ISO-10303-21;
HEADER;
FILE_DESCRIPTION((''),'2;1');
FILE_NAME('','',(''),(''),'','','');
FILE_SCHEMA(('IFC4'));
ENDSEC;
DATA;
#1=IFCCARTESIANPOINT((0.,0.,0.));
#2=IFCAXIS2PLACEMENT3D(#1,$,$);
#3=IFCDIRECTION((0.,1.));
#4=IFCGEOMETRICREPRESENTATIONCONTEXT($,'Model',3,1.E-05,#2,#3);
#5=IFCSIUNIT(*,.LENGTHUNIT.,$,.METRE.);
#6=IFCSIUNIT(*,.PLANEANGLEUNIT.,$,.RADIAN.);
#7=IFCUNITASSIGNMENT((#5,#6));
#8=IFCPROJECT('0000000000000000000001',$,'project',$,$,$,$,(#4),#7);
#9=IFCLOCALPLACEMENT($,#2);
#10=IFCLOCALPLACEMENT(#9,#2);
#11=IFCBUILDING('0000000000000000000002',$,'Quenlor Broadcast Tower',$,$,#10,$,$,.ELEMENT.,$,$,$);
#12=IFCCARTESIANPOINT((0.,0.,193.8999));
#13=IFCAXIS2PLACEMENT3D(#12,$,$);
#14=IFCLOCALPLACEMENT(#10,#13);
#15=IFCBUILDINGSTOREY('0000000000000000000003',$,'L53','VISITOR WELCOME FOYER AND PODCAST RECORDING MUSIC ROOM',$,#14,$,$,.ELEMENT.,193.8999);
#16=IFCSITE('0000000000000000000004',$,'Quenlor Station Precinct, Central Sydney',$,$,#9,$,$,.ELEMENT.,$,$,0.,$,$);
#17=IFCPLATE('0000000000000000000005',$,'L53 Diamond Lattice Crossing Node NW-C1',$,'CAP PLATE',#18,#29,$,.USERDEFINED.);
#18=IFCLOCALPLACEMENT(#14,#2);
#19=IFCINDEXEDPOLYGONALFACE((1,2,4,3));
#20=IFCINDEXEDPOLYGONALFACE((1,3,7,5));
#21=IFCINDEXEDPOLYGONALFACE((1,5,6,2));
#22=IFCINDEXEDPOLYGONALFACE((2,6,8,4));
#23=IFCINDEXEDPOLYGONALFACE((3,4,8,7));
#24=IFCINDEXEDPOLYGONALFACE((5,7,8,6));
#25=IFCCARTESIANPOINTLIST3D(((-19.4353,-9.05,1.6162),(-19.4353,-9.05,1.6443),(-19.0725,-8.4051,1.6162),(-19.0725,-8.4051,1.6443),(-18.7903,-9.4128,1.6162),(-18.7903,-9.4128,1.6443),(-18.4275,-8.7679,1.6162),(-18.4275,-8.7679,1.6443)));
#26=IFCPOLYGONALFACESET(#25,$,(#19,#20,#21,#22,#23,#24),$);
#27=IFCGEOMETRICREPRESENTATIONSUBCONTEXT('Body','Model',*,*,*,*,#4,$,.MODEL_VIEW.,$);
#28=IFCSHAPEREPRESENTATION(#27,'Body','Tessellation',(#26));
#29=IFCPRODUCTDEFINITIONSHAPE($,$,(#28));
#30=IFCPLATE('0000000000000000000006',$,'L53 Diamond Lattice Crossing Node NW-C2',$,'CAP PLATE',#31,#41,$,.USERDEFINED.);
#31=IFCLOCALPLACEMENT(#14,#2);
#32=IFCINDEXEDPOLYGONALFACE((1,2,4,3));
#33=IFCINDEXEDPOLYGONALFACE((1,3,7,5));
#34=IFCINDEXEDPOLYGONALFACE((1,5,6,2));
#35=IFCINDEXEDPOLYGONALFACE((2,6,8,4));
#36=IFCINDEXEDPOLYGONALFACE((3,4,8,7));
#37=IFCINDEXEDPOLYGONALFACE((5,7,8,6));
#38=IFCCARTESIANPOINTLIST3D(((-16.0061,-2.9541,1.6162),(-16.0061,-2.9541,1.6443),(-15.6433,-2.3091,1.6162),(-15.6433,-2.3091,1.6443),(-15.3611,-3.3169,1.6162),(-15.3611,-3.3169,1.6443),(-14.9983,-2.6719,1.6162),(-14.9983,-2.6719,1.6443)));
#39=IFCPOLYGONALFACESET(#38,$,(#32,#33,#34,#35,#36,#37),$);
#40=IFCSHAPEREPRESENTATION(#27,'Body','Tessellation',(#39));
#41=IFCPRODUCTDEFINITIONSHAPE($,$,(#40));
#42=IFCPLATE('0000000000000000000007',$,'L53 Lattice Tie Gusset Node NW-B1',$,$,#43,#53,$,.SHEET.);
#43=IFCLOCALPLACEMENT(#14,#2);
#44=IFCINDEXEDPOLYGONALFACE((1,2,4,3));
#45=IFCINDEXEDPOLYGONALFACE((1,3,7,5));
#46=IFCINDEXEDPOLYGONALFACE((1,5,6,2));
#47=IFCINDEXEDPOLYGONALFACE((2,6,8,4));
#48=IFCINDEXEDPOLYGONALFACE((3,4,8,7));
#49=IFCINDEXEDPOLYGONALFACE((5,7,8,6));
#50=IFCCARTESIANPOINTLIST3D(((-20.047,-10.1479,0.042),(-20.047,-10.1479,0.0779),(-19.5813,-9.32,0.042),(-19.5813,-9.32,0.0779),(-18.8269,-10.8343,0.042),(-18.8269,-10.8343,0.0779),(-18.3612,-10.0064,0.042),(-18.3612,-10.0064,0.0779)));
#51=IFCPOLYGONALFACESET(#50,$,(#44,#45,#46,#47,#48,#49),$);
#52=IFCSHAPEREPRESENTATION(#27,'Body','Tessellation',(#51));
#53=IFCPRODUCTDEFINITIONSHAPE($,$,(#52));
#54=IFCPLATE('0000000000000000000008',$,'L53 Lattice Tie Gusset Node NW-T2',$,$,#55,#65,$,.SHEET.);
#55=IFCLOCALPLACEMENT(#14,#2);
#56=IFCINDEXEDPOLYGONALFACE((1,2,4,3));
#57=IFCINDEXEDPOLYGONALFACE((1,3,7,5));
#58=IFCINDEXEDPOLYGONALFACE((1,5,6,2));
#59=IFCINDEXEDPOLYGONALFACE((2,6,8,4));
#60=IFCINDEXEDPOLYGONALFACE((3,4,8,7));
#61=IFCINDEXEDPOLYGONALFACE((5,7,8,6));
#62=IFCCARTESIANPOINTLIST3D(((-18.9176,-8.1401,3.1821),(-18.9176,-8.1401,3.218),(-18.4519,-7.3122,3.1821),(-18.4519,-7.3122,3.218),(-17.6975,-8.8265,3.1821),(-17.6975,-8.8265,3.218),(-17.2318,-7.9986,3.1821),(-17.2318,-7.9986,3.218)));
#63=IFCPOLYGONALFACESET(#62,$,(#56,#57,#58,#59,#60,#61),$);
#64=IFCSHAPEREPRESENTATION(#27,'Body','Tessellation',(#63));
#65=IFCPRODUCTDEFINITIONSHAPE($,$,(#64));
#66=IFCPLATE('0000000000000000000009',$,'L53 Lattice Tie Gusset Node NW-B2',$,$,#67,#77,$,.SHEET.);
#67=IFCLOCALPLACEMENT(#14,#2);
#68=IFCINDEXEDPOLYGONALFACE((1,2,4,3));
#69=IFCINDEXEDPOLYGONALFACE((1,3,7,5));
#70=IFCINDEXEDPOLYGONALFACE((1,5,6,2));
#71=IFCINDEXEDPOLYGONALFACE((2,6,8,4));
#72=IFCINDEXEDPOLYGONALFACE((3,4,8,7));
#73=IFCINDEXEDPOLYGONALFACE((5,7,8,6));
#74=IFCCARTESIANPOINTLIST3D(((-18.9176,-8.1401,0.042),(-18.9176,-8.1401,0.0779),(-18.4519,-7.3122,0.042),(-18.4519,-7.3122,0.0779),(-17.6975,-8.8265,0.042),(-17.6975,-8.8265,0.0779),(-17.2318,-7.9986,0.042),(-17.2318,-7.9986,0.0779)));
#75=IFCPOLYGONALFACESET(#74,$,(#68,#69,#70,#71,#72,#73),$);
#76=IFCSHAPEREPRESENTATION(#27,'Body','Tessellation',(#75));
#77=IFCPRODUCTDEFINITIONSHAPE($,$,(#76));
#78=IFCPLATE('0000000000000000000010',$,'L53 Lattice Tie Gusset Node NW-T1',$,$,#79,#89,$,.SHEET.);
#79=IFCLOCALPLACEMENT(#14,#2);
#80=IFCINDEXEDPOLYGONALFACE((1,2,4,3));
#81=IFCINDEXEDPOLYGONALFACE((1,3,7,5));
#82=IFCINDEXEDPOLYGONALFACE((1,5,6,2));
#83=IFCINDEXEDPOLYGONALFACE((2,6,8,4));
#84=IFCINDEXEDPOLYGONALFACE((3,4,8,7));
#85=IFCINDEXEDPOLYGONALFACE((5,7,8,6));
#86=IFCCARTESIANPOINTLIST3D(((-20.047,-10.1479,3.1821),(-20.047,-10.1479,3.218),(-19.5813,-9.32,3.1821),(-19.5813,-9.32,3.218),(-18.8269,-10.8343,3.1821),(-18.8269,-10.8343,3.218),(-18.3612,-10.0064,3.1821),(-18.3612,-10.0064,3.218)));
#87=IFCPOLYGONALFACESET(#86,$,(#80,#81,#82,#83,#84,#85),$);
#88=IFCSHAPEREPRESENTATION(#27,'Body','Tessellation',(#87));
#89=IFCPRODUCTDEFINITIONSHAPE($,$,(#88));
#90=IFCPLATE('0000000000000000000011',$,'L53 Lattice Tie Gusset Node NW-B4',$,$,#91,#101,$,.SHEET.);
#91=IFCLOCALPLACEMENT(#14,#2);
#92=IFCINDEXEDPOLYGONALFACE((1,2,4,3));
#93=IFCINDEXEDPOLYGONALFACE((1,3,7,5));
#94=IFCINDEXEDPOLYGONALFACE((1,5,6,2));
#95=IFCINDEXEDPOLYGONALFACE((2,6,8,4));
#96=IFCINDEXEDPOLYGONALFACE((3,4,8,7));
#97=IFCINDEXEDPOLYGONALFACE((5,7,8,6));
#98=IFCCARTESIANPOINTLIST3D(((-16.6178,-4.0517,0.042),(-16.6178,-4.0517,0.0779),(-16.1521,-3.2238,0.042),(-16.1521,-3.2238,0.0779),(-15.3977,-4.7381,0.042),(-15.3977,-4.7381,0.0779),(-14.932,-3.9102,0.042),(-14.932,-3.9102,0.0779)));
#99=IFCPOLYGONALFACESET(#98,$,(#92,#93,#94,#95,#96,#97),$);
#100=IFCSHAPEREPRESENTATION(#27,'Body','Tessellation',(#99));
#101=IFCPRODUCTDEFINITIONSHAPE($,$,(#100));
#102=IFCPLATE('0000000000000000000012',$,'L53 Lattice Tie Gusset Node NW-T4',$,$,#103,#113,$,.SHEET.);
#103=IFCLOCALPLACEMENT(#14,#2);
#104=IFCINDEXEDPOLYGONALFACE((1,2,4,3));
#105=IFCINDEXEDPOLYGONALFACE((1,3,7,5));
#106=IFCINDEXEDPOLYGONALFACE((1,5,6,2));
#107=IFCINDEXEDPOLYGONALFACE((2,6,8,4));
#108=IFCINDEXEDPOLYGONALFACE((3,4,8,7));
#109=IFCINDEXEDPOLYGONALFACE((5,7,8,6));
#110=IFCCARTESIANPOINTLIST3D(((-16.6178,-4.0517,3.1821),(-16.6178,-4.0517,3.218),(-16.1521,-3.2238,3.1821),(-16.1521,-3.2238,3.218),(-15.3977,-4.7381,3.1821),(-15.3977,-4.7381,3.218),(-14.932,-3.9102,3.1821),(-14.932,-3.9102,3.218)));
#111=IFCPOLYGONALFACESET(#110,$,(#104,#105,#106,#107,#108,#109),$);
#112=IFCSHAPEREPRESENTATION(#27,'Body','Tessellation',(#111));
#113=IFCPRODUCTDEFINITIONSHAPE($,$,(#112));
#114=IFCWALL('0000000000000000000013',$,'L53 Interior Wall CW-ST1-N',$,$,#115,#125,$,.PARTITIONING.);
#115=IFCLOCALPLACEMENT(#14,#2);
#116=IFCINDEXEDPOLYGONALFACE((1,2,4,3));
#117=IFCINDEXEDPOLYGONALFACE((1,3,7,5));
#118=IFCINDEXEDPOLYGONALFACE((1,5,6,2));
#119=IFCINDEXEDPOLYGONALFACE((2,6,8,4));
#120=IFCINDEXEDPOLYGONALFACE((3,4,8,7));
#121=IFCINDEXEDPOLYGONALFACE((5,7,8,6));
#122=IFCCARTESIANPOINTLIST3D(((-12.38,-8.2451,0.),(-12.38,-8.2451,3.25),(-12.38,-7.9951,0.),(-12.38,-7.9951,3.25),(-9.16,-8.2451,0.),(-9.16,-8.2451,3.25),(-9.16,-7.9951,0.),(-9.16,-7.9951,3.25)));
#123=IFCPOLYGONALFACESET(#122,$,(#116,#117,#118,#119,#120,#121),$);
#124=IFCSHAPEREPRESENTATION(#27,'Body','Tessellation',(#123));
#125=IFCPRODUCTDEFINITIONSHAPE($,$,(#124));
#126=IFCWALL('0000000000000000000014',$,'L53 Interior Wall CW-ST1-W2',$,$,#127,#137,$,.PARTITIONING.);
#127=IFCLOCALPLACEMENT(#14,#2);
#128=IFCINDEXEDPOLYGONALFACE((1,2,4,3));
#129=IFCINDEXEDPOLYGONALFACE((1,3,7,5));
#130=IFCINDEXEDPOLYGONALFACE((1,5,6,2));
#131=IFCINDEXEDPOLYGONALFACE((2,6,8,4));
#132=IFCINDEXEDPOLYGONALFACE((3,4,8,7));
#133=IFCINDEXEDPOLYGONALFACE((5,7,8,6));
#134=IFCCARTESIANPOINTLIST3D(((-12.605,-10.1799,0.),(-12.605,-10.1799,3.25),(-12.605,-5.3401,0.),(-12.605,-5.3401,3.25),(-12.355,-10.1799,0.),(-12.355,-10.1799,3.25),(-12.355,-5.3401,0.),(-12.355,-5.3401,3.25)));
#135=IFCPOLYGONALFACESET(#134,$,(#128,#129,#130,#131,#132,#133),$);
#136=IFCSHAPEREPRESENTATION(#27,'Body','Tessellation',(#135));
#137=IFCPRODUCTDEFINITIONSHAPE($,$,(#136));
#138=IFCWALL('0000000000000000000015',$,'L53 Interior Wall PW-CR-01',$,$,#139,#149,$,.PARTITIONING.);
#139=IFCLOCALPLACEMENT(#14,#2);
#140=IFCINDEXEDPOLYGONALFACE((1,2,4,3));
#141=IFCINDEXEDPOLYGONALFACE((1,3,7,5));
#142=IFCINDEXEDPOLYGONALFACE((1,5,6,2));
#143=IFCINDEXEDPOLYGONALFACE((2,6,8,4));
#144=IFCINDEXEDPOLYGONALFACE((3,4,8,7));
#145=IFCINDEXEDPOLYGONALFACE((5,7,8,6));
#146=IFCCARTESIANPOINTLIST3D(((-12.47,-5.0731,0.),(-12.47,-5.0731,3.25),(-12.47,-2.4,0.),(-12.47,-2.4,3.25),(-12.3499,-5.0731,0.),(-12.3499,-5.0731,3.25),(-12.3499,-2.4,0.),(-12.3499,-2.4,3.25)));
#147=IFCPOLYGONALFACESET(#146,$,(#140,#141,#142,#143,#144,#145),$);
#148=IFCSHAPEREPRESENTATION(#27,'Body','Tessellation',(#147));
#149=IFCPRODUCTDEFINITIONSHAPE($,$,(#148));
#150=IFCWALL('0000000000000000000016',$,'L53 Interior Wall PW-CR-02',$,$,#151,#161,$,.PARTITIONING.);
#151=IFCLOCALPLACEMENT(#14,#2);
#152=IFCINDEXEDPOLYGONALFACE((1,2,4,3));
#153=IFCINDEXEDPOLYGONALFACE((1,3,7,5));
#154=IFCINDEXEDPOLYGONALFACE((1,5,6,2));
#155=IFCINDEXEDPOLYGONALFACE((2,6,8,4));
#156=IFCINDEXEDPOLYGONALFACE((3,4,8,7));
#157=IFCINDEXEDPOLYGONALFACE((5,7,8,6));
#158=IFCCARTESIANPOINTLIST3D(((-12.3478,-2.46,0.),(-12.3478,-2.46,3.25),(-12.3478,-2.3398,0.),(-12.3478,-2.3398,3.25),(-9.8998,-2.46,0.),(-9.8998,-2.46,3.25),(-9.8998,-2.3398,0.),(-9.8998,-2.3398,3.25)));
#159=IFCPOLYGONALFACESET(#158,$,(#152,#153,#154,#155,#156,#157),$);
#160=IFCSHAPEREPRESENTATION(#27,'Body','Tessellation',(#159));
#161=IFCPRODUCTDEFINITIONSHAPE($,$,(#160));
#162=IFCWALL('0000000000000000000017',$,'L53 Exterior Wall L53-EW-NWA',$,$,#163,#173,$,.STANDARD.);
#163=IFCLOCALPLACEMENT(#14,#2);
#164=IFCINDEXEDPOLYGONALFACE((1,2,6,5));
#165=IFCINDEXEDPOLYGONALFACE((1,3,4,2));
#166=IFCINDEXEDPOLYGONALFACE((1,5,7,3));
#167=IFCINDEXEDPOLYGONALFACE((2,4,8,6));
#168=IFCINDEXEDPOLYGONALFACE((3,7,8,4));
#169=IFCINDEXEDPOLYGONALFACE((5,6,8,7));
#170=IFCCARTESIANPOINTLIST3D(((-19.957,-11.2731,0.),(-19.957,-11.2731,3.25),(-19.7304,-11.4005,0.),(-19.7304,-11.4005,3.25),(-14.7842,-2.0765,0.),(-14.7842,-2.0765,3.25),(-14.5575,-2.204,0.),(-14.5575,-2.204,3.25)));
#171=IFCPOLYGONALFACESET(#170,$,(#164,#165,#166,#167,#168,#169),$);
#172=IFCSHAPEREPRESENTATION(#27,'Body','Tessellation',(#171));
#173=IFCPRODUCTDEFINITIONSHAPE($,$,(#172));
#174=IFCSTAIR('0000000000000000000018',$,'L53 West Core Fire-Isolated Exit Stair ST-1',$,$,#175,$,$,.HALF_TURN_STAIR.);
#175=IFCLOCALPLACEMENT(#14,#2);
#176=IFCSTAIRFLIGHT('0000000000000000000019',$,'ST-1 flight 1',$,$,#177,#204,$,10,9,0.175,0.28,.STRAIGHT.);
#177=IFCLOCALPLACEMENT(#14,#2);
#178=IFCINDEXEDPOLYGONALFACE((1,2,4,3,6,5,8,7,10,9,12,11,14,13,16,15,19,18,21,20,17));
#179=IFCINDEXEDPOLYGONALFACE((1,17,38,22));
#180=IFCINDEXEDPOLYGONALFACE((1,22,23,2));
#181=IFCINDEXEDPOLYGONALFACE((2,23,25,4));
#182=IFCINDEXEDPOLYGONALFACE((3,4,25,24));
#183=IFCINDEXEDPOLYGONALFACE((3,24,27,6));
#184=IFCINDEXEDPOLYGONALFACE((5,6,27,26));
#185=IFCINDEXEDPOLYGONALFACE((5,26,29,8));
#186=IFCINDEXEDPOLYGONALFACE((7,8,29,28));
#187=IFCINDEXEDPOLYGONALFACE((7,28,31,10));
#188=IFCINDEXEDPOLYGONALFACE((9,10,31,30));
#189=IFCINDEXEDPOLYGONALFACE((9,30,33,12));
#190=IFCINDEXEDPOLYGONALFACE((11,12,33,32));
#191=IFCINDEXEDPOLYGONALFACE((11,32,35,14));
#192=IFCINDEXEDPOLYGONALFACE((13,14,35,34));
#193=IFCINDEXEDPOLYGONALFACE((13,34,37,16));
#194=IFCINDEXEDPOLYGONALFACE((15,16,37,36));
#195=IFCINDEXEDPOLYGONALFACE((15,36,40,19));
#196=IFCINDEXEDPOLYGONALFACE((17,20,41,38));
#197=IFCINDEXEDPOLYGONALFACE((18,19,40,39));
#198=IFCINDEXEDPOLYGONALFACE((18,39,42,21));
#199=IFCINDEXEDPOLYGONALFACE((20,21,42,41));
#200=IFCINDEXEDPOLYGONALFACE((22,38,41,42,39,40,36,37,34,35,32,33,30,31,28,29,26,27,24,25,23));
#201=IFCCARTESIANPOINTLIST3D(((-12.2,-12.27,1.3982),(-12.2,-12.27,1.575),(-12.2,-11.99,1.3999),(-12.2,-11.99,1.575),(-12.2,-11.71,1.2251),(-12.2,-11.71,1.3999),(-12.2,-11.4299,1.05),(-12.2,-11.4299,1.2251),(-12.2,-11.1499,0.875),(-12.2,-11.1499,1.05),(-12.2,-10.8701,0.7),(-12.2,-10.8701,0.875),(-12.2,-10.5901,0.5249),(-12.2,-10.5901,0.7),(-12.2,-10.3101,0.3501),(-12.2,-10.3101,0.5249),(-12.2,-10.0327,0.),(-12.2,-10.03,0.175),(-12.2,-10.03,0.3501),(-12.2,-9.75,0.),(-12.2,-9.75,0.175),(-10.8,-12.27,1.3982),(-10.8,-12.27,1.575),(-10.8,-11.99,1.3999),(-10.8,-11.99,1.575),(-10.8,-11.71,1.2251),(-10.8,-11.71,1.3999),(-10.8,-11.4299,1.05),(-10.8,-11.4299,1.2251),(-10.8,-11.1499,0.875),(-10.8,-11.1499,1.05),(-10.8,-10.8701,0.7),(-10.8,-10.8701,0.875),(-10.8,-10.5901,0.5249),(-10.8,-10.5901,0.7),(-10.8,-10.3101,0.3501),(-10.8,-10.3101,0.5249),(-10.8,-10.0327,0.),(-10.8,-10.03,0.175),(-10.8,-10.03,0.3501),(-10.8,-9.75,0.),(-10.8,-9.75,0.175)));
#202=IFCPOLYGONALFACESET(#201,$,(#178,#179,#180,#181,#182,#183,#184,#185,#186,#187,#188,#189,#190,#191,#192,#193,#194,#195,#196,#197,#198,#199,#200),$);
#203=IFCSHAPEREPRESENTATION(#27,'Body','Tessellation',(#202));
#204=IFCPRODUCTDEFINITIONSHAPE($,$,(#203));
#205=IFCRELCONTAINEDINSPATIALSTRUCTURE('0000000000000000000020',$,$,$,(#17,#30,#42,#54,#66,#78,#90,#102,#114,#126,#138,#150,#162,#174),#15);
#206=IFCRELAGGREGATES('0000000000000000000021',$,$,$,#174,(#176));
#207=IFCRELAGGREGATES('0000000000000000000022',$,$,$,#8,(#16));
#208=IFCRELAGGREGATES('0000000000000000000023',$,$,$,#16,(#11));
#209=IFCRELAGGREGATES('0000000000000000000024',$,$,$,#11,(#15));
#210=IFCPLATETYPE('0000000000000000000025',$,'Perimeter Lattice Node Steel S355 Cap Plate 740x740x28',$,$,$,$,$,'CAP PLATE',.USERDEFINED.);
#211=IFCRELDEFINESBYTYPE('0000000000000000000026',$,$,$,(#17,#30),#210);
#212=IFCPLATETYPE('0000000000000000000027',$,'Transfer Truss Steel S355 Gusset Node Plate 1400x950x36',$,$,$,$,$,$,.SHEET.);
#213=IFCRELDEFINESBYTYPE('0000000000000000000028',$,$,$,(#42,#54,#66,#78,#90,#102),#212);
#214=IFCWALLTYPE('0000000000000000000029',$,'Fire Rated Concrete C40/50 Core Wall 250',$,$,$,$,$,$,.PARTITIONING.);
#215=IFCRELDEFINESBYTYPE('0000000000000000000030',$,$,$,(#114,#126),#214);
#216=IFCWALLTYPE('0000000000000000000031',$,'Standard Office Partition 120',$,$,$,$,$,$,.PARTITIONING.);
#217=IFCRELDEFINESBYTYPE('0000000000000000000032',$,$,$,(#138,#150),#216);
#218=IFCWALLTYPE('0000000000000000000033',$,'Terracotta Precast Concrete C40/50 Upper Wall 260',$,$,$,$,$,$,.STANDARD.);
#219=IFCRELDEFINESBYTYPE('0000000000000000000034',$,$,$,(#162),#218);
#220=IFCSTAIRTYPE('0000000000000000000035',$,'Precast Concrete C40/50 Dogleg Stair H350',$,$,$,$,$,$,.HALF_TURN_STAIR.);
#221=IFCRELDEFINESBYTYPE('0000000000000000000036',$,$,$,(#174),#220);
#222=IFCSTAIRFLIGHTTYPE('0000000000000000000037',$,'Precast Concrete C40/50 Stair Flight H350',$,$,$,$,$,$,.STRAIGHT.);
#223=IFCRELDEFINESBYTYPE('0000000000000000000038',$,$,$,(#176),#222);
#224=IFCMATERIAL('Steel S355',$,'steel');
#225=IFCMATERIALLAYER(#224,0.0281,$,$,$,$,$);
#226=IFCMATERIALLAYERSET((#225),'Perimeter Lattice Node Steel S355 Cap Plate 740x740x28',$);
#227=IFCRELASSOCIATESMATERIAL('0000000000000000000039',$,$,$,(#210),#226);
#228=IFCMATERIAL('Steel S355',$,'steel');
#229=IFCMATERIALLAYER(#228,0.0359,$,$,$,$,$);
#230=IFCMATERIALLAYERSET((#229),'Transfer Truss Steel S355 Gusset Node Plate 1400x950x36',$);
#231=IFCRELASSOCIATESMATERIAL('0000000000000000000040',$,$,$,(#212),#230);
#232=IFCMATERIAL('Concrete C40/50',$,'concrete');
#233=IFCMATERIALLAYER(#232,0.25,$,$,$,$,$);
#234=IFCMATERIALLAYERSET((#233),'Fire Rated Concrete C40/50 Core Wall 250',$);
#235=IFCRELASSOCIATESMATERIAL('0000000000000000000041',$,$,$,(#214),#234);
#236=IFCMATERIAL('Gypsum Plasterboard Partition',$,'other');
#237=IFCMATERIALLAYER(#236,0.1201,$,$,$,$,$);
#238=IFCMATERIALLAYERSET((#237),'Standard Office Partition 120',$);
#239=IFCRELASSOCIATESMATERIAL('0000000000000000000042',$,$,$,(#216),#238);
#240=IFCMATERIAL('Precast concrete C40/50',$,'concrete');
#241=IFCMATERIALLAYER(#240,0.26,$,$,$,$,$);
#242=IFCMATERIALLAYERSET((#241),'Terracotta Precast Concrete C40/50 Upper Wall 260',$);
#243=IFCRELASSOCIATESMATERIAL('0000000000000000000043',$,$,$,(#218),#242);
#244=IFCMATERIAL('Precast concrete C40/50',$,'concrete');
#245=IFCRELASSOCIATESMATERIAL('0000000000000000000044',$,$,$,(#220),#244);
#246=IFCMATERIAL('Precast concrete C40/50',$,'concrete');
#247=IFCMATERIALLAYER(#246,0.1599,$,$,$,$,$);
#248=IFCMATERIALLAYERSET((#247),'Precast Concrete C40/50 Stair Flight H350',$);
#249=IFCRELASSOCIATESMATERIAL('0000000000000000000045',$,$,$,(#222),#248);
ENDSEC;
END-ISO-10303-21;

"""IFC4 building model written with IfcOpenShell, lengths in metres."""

from ifc_helpers import new_model, si_unit, direction, frame, frame_2d, origin, origin_2d, place, context, subcontext, project, spatial, polyline, rectangle, outline, extrude, material, layer, layer_set, type_object, element, aggregate, save


model = new_model("IFC4")

# Units and contexts
model_context = context("Model", 3, precision=1e-05, world=origin(), true_north=direction((0.0, 1.0)))
body_context = subcontext(model_context, "Body", "Model", "MODEL_VIEW")
ifc_project = project(units=[si_unit("LENGTHUNIT", "METRE"), si_unit("PLANEANGLEUNIT", "RADIAN")], contexts=[model_context])

# Site, building, storey
site_placement = place(None, origin())
site = spatial("IfcSite", under=ifc_project, at=site_placement, Name="Quenlor Station Precinct, Central Sydney", CompositionType="ELEMENT", RefElevation=0.0)
building_placement = place(site_placement, origin())
building = spatial("IfcBuilding", under=site, at=building_placement, Name="Quenlor Broadcast Tower", CompositionType="ELEMENT")
storey_placement = place(building_placement, frame((0.0, 0.0, 193.8999)))
storey = spatial("IfcBuildingStorey", under=building, at=storey_placement, Name="L53", Description="VISITOR WELCOME FOYER AND PODCAST RECORDING MUSIC ROOM", CompositionType="ELEMENT", Elevation=193.8999)

# Plates
ifc_material_1 = material(Name="Steel S355", Category="steel")
ifc_layer_1 = layer(ifc_material_1, 0.0281)
ifc_layer_set_1 = layer_set([ifc_layer_1], Name="Perimeter Lattice Node Steel S355 Cap Plate 740x740x28")
plate_type_1 = type_object("IfcPlateType", Name="Perimeter Lattice Node Steel S355 Cap Plate 740x740x28", ElementType="CAP PLATE", PredefinedType="USERDEFINED", material=ifc_layer_set_1)
for number, where, z_axis, x_axis, name in (
    (1, (-18.9314, -8.9089, 1.6162), (0.0, 0.0, 1.0), (0.490295, 0.871556, 0.0), "L53 Diamond Lattice Crossing Node NW-C1"),
    (2, (-15.5022, -2.813, 1.6162), (0.0, 0.0, 1.0), (0.490295, 0.871556, 0.0), "L53 Diamond Lattice Crossing Node NW-C2"),
):
    element("IfcPlate", number, at=place(storey_placement, frame(where, z_axis=z_axis, x_axis=x_axis)), inside=storey, type_object=plate_type_1, Name=name, ObjectType="CAP PLATE", PredefinedType="USERDEFINED", context=body_context, shape_type="SweptSolid", body=[
        extrude(rectangle(XDim=0.74, YDim=0.74, at=origin_2d()), origin(), (0.0, 0.0, 1.0), 0.0281),
    ])
ifc_material_2 = material(Name="Steel S355", Category="steel")
ifc_layer_2 = layer(ifc_material_2, 0.0359)
ifc_layer_set_2 = layer_set([ifc_layer_2], Name="Transfer Truss Steel S355 Gusset Node Plate 1400x950x36")
plate_type_2 = type_object("IfcPlateType", Name="Transfer Truss Steel S355 Gusset Node Plate 1400x950x36", PredefinedType="SHEET", material=ifc_layer_set_2)
for number, where, z_axis, x_axis, name in (
    (3, (-19.2041, -10.0771, 0.042), (0.0, 0.0, 1.0), (-0.871556, 0.490295, 0.0), "L53 Lattice Tie Gusset Node NW-B1"),
    (4, (-18.0747, -8.0693, 3.1821), (0.0, 0.0, 1.0), (-0.871556, 0.490295, 0.0), "L53 Lattice Tie Gusset Node NW-T2"),
    (5, (-18.0747, -8.0693, 0.042), (0.0, 0.0, 1.0), (-0.871556, 0.490295, 0.0), "L53 Lattice Tie Gusset Node NW-B2"),
    (6, (-19.2041, -10.0771, 3.1821), (0.0, 0.0, 1.0), (-0.871556, 0.490295, 0.0), "L53 Lattice Tie Gusset Node NW-T1"),
    (7, (-15.7749, -3.981, 0.042), (0.0, 0.0, 1.0), (-0.871556, 0.490295, 0.0), "L53 Lattice Tie Gusset Node NW-B4"),
    (8, (-15.7749, -3.981, 3.1821), (0.0, 0.0, 1.0), (-0.871556, 0.490295, 0.0), "L53 Lattice Tie Gusset Node NW-T4"),
):
    element("IfcPlate", number, at=place(storey_placement, frame(where, z_axis=z_axis, x_axis=x_axis)), inside=storey, type_object=plate_type_2, Name=name, PredefinedType="SHEET", context=body_context, shape_type="SweptSolid", body=[
        extrude(rectangle(XDim=1.3999, YDim=0.95, at=origin_2d()), origin(), (0.0, 0.0, 1.0), 0.0359),
    ])

# Walls
ifc_material_3 = material(Name="Concrete C40/50", Category="concrete")
ifc_layer_3 = layer(ifc_material_3, 0.25)
ifc_layer_set_3 = layer_set([ifc_layer_3], Name="Fire Rated Concrete C40/50 Core Wall 250")
wall_type_1 = type_object("IfcWallType", Name="Fire Rated Concrete C40/50 Core Wall 250", PredefinedType="PARTITIONING", material=ifc_layer_set_3)
wall_1_placement = place(storey_placement, frame((-12.3799, -8.1201, 0.0), z_axis=(0.0, 0.0, 1.0), x_axis=(1.0, 0.0, 0.0)))
element("IfcWall", 9, at=wall_1_placement, inside=storey, type_object=wall_type_1, Name="L53 Interior Wall CW-ST1-N", PredefinedType="PARTITIONING", context=body_context, shape_type="SweptSolid", body=[
    extrude(rectangle(XDim=3.22, YDim=0.25, at=frame_2d((1.6099, 0.0))), origin(), (0.0, 0.0, 1.0), 3.25),
])
wall_2_placement = place(storey_placement, frame((-12.48, -10.1799, 0.0), z_axis=(0.0, 0.0, 1.0), x_axis=(0.0, 1.0, 0.0)))
element("IfcWall", 10, at=wall_2_placement, inside=storey, type_object=wall_type_1, Name="L53 Interior Wall CW-ST1-W2", PredefinedType="PARTITIONING", context=body_context, shape_type="SweptSolid", body=[
    extrude(rectangle(XDim=4.8398, YDim=0.25, at=frame_2d((2.4199, 0.0))), origin(), (0.0, 0.0, 1.0), 3.25),
])

# Walls
ifc_material_4 = material(Name="Gypsum Plasterboard Partition", Category="other")
ifc_layer_4 = layer(ifc_material_4, 0.1201)
ifc_layer_set_4 = layer_set([ifc_layer_4], Name="Standard Office Partition 120")
wall_type_2 = type_object("IfcWallType", Name="Standard Office Partition 120", PredefinedType="PARTITIONING", material=ifc_layer_set_4)
wall_3_placement = place(storey_placement, frame((-12.4099, -5.073, 0.0), z_axis=(0.0, 0.0, 1.0), x_axis=(0.0, 1.0, 0.0)))
element("IfcWall", 11, at=wall_3_placement, inside=storey, type_object=wall_type_2, Name="L53 Interior Wall PW-CR-01", PredefinedType="PARTITIONING", context=body_context, shape_type="SweptSolid", body=[
    extrude(rectangle(XDim=2.6731, YDim=0.1201, at=frame_2d((1.3364, 0.0))), origin(), (0.0, 0.0, 1.0), 3.25),
])
wall_4_placement = place(storey_placement, frame((-12.3479, -2.3999, 0.0), z_axis=(0.0, 0.0, 1.0), x_axis=(1.0, 0.0, 0.0)))
element("IfcWall", 12, at=wall_4_placement, inside=storey, type_object=wall_type_2, Name="L53 Interior Wall PW-CR-02", PredefinedType="PARTITIONING", context=body_context, shape_type="SweptSolid", body=[
    extrude(rectangle(XDim=2.448, YDim=0.1201, at=frame_2d((1.2241, 0.0))), origin(), (0.0, 0.0, 1.0), 3.25),
])
ifc_material_5 = material(Name="Precast concrete C40/50", Category="concrete")
ifc_layer_5 = layer(ifc_material_5, 0.26)
ifc_layer_set_5 = layer_set([ifc_layer_5], Name="Terracotta Precast Concrete C40/50 Upper Wall 260")
wall_type_3 = type_object("IfcWallType", Name="Terracotta Precast Concrete C40/50 Upper Wall 260", PredefinedType="STANDARD", material=ifc_layer_set_5)
wall_5_placement = place(storey_placement, frame((-19.8438, -11.3369, 0.0), z_axis=(0.0, 0.0, 1.0), x_axis=(0.490247, 0.871584, 0.0)))
element("IfcWall", 13, at=wall_5_placement, inside=storey, type_object=wall_type_3, Name="L53 Exterior Wall L53-EW-NWA", PredefinedType="STANDARD", context=body_context, shape_type="SweptSolid", body=[
    extrude(rectangle(XDim=10.5515, YDim=0.26, at=frame_2d((5.2759, 0.0))), origin(), (0.0, 0.0, 1.0), 3.25),
])

# Stair, stair flight
ifc_material_6 = material(Name="Precast concrete C40/50", Category="concrete")
stair_type = type_object("IfcStairType", Name="Precast Concrete C40/50 Dogleg Stair H350", PredefinedType="HALF_TURN_STAIR", material=ifc_material_6)
stair_placement = place(storey_placement, origin())
stair = element("IfcStair", 14, at=stair_placement, inside=storey, type_object=stair_type, Name="L53 West Core Fire-Isolated Exit Stair ST-1", PredefinedType="HALF_TURN_STAIR")
ifc_material_7 = material(Name="Precast concrete C40/50", Category="concrete")
ifc_layer_6 = layer(ifc_material_7, 0.1599)
ifc_layer_set_6 = layer_set([ifc_layer_6], Name="Precast Concrete C40/50 Stair Flight H350")
stair_flight_type = type_object("IfcStairFlightType", Name="Precast Concrete C40/50 Stair Flight H350", PredefinedType="STRAIGHT", material=ifc_layer_set_6)
stair_flight_placement = place(storey_placement, frame((-11.5, -9.75, 0.0), z_axis=(0.0, 0.0, 1.0), x_axis=(0.0, -1.0, 0.0)))
stair_flight = element("IfcStairFlight", 15, at=stair_flight_placement, type_object=stair_flight_type, Name="ST-1 flight 1", NumberOfRisers=10, NumberOfTreads=9, PredefinedType="STRAIGHT", RiserHeight=0.175, TreadLength=0.28, context=body_context, shape_type="SweptSolid", body=[
    extrude(outline(polyline([(0.0, 0.0), (0.0, 0.175), (0.28, 0.175), (0.28, 0.3501), (0.5601, 0.3501), (0.5601, 0.5249), (0.8401, 0.5249), (0.8401, 0.7), (1.1201, 0.7), (1.1201, 0.875), (1.3999, 0.875), (1.3999, 1.05), (1.6799, 1.05), (1.6799, 1.2251), (1.96, 1.2251), (1.96, 1.3999), (2.24, 1.3999), (2.24, 1.575), (2.52, 1.575), (2.52, 1.75), (2.52, 1.3982), (0.2827, 0.0), (0.0, 0.0)])), frame((0.0, 0.7, 0.0), z_axis=(0.0, -1.0, 0.0), x_axis=(1.0, 0.0, 0.0)), (0.0, 0.0, 1.0), 1.3999),
])
aggregate(stair, [stair_flight])

save(model, "model.ifc")
